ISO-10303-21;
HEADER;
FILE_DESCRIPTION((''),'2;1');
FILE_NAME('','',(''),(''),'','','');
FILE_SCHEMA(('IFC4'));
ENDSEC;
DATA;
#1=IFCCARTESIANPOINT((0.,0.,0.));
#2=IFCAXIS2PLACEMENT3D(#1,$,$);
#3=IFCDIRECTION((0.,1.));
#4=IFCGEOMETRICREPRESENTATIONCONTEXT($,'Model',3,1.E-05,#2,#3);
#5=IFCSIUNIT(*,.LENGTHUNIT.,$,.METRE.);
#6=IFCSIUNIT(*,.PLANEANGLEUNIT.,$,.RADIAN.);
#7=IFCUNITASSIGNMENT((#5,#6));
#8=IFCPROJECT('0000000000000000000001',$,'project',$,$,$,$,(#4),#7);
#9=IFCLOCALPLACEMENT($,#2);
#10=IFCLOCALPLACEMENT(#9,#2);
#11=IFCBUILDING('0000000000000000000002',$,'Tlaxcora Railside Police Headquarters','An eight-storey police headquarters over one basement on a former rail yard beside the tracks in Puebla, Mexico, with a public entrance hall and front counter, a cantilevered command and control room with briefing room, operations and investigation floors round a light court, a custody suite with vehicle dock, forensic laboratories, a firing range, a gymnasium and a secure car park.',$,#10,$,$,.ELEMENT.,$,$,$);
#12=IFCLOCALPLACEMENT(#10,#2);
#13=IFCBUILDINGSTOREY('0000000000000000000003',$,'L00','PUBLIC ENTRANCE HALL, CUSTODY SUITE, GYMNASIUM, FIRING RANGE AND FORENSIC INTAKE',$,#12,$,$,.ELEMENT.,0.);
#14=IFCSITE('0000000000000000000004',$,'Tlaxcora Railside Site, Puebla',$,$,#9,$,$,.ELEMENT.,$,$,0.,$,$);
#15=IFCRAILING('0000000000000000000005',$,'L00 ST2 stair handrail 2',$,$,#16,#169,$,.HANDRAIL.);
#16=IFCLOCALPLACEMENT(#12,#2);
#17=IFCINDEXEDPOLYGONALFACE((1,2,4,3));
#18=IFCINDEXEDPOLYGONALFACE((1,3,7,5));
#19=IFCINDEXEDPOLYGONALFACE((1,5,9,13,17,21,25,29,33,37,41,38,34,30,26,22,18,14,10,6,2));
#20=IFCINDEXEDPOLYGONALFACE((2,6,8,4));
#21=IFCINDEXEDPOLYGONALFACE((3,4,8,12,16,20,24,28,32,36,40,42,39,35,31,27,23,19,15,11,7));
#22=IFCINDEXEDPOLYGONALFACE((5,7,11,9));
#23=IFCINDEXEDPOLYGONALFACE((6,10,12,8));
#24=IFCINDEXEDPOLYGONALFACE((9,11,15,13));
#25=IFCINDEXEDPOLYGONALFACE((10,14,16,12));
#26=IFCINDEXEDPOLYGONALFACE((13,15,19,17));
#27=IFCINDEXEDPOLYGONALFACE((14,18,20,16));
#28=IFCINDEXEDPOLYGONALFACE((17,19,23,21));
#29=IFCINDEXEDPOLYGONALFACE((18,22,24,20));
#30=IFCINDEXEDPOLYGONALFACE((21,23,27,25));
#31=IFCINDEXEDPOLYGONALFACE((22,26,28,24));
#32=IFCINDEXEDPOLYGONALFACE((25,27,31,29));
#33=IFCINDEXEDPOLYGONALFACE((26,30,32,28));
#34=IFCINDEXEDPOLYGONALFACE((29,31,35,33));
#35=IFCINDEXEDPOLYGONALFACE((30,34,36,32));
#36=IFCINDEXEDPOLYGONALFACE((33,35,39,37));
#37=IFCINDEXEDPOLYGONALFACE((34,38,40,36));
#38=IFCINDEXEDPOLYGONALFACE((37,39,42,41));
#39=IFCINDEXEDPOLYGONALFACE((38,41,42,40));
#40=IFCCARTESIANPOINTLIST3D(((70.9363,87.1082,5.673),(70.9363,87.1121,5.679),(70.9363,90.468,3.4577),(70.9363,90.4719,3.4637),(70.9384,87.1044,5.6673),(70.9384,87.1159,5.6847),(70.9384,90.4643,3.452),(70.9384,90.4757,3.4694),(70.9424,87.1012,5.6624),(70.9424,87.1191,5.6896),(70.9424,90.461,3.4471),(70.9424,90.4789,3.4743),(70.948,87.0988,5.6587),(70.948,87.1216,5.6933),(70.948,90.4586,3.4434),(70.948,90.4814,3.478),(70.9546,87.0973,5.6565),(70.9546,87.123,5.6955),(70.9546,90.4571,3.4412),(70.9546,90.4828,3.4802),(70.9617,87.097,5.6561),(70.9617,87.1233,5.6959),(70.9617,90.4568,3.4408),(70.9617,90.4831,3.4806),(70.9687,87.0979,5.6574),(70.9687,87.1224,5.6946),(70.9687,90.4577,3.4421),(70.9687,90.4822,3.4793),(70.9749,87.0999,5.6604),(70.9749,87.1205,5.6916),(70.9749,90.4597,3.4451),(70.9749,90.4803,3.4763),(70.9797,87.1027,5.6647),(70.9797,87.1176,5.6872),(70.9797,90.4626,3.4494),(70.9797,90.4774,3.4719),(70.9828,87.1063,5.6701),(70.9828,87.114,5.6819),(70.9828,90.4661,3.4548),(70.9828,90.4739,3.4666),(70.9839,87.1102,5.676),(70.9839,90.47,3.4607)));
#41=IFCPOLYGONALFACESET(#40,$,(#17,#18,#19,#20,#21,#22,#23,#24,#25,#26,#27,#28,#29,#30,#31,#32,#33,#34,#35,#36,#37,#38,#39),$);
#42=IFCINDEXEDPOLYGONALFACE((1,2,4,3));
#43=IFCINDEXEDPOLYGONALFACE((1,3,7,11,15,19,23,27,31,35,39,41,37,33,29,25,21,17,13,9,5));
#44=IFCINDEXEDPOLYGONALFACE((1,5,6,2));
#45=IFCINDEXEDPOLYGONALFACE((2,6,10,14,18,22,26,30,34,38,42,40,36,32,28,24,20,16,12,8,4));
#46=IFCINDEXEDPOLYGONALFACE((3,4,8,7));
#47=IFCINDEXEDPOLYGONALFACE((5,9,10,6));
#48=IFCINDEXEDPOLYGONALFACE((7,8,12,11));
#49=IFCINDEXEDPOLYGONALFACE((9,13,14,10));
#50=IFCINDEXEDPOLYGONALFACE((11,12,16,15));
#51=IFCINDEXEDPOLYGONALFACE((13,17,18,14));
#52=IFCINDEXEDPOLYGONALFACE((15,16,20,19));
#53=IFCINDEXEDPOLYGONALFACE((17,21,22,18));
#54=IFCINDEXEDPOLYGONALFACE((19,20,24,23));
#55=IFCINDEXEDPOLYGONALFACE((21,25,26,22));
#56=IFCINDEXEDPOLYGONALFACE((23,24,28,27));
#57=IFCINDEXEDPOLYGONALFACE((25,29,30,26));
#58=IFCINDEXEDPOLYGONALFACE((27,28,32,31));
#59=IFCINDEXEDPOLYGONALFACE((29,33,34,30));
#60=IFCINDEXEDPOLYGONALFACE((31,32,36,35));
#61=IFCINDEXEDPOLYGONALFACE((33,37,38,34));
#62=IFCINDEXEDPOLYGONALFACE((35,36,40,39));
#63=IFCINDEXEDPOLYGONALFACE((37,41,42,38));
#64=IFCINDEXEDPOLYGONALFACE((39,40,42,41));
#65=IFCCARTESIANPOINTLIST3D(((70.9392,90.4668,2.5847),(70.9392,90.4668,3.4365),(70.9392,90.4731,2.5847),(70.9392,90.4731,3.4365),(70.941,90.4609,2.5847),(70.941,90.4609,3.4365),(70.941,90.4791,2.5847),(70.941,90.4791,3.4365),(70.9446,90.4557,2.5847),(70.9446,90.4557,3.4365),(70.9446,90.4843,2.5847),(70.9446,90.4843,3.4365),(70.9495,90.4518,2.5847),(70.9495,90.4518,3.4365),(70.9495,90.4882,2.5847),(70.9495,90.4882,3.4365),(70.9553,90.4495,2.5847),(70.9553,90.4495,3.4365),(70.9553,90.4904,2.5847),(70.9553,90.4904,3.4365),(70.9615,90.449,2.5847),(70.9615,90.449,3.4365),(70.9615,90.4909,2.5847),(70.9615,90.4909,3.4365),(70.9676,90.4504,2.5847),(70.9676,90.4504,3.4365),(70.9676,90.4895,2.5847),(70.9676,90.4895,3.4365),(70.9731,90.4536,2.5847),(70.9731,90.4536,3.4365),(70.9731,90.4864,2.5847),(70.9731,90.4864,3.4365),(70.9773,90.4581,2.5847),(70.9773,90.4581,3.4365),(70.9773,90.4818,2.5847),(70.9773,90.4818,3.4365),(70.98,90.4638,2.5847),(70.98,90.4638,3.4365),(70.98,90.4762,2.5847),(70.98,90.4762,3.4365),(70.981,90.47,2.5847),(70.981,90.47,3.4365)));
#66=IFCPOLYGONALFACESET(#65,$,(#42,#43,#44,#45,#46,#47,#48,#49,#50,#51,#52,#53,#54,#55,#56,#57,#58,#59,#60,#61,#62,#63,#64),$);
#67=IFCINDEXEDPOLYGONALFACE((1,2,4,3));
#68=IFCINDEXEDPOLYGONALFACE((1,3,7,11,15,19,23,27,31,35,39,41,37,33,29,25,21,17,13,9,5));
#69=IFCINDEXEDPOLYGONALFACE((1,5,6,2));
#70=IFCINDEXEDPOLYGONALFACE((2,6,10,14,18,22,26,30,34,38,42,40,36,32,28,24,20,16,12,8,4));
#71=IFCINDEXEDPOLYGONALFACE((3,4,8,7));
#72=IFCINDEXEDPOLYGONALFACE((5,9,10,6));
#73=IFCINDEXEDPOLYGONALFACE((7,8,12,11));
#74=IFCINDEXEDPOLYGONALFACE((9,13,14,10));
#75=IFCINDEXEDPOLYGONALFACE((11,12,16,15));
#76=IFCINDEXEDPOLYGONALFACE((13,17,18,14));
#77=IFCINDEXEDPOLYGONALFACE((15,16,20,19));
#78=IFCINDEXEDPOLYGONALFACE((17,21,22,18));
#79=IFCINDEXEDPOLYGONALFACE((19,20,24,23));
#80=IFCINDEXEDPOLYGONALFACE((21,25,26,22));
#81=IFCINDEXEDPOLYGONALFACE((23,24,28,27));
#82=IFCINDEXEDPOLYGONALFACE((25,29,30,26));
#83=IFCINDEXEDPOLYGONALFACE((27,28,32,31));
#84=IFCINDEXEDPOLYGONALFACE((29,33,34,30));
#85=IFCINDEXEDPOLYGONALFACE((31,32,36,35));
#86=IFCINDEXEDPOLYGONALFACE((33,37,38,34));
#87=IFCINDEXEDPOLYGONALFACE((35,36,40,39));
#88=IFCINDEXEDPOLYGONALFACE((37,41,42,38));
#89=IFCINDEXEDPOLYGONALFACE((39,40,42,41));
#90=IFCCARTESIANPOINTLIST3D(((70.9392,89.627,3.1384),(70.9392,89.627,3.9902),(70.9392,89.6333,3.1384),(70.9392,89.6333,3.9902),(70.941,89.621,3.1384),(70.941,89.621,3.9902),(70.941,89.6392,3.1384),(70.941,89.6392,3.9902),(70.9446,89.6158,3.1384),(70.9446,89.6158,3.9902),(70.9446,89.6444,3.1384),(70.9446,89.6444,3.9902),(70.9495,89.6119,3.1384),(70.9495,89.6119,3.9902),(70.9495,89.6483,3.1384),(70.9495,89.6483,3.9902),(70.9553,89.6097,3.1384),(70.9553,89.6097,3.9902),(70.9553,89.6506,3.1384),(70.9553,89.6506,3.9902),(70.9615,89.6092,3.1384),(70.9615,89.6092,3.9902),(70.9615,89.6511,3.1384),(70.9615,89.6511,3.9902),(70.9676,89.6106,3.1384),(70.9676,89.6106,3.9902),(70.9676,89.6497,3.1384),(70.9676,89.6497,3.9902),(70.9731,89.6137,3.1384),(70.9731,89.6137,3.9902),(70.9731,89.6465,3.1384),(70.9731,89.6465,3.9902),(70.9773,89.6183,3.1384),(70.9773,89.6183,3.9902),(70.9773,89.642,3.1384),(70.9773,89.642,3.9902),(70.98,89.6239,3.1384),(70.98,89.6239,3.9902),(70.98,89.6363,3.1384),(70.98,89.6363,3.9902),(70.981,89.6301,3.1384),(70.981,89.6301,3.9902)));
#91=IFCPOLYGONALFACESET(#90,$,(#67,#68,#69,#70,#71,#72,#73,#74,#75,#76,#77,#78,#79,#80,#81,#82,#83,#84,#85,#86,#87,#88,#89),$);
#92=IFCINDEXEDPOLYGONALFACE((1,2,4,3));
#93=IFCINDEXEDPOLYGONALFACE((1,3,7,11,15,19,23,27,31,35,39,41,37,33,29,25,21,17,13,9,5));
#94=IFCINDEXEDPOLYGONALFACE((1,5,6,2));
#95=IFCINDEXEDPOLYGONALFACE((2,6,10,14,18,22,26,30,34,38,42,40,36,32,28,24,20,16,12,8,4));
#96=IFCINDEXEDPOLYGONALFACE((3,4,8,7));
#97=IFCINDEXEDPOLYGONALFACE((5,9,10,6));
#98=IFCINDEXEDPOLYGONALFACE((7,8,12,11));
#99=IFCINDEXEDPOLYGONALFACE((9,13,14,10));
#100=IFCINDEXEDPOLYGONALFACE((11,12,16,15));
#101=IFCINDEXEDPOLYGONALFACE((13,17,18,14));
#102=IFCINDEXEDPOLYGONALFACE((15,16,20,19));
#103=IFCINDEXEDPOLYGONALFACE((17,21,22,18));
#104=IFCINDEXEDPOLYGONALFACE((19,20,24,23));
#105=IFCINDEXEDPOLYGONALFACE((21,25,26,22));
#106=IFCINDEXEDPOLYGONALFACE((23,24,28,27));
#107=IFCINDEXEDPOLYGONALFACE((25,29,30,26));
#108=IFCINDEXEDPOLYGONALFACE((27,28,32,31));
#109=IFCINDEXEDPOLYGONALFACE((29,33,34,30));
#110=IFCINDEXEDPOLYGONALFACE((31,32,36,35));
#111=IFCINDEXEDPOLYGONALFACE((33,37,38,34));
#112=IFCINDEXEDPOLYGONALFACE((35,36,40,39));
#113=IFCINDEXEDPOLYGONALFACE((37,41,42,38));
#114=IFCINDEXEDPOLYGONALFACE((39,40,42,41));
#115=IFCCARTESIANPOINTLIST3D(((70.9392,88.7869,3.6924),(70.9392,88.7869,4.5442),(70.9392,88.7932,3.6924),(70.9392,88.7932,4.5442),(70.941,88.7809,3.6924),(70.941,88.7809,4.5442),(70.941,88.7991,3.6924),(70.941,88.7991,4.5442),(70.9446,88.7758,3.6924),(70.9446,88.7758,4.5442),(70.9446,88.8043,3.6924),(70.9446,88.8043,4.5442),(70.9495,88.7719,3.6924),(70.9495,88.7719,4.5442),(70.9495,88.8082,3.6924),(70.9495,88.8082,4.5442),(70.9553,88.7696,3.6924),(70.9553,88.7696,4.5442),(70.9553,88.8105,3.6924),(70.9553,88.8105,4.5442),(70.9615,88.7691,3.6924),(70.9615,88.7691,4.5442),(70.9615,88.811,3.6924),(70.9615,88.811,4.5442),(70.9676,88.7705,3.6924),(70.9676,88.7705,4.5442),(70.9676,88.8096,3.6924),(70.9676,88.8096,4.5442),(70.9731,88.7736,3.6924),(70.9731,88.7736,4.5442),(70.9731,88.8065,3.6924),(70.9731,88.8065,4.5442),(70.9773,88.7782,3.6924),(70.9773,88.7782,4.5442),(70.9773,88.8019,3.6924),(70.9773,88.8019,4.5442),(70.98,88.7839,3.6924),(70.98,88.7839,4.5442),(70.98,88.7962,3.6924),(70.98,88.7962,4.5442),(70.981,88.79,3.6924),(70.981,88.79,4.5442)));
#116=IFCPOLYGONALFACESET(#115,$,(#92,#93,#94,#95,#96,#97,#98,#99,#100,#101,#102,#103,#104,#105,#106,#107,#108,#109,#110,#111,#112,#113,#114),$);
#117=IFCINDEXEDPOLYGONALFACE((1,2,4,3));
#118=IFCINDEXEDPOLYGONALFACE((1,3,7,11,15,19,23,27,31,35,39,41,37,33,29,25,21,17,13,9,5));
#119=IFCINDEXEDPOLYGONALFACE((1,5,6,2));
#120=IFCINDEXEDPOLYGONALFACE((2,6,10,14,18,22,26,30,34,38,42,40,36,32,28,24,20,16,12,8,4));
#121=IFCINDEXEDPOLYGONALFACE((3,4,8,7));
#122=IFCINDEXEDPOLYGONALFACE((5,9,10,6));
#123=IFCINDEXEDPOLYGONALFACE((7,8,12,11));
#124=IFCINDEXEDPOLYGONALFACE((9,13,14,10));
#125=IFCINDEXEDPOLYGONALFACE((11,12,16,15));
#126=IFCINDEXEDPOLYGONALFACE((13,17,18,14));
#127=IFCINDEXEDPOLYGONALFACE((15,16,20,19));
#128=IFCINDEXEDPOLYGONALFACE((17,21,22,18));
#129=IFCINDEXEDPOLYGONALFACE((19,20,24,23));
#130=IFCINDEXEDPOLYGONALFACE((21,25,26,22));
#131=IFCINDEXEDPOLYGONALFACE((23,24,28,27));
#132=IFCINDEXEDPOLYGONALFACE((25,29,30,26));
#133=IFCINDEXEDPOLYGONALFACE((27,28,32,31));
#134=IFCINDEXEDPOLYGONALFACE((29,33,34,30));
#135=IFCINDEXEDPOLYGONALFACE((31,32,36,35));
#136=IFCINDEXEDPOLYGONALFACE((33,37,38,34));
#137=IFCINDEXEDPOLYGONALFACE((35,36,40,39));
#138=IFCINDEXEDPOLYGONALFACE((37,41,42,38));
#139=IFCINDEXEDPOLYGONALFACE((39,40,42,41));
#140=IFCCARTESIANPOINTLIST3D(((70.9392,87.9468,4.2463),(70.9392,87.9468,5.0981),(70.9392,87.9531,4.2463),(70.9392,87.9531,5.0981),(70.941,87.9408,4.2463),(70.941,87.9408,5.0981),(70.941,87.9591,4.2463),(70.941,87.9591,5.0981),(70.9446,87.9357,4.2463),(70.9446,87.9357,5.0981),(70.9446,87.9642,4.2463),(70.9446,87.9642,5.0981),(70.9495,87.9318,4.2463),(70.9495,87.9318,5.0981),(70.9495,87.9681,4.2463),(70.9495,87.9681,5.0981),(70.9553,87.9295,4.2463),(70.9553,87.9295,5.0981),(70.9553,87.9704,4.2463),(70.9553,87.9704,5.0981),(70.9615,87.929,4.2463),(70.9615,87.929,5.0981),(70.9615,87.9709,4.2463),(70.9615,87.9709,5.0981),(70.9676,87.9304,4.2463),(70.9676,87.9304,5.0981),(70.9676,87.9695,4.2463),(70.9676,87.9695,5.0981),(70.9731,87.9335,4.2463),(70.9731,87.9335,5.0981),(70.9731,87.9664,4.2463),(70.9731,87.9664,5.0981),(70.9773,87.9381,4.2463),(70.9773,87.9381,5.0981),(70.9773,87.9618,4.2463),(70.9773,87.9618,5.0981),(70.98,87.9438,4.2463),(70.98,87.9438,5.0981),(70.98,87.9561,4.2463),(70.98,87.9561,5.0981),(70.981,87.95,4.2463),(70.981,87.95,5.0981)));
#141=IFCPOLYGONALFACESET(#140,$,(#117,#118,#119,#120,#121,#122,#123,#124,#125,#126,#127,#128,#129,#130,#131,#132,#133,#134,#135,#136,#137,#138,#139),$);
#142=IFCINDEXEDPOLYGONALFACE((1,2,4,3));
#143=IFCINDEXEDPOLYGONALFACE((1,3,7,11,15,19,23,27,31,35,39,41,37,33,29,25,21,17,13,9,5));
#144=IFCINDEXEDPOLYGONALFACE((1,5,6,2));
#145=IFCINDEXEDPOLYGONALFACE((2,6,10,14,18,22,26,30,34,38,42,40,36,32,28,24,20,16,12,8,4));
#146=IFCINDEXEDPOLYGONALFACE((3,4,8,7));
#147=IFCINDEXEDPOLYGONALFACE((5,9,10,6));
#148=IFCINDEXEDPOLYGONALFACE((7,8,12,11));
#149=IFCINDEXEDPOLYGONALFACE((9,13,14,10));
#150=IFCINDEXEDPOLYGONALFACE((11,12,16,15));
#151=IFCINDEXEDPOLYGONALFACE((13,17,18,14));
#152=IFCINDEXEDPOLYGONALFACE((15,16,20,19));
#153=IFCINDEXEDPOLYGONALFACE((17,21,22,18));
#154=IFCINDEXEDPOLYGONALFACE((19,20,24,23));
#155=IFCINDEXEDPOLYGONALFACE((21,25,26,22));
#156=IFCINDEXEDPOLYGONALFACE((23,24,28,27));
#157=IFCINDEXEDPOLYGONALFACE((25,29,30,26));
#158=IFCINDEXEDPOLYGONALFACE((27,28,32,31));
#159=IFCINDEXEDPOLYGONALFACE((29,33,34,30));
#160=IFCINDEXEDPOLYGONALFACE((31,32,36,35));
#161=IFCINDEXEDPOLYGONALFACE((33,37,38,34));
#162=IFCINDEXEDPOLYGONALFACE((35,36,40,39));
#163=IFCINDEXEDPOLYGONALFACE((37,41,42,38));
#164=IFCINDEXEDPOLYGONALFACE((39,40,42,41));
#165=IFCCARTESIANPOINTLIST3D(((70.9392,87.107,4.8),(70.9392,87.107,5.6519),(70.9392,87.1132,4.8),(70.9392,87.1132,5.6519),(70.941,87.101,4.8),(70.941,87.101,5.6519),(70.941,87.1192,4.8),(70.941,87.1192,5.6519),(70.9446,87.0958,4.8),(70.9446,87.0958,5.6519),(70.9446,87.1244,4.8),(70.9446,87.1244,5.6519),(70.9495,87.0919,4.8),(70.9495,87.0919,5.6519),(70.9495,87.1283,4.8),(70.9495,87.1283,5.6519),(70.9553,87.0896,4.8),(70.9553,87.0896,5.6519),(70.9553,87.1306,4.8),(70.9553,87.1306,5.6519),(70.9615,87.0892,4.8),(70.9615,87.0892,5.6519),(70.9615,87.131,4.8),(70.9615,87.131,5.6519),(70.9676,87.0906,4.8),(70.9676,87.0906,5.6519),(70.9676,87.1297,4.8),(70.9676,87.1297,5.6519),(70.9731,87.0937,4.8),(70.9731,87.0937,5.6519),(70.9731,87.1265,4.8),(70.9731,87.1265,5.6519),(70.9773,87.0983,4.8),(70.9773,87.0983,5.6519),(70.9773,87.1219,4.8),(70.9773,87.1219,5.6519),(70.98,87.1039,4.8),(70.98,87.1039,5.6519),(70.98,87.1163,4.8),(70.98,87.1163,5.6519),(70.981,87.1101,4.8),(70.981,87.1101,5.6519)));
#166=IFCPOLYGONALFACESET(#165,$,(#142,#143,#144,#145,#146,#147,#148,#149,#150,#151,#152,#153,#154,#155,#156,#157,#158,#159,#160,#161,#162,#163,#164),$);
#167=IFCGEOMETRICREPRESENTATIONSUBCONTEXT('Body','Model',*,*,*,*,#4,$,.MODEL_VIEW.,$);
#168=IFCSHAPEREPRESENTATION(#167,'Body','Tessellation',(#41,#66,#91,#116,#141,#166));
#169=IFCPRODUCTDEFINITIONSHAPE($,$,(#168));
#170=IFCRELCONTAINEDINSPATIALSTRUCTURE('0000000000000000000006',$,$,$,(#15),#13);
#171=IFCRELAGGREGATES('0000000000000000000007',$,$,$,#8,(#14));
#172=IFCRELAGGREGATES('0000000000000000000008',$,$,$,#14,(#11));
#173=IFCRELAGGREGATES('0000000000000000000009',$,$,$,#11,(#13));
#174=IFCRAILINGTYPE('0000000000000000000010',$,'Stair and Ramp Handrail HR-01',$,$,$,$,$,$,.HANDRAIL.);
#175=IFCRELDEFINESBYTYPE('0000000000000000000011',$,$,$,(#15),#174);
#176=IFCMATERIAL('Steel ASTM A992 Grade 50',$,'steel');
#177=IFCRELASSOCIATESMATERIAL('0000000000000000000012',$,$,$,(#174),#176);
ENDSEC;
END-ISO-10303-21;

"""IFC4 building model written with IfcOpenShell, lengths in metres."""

from ifc_helpers import new_model, si_unit, direction, frame, origin, origin_2d, place, context, subcontext, project, spatial, circle, extrude, material, type_object, element, save


model = new_model("IFC4")

# Units and contexts
model_context = context("Model", 3, precision=1e-05, world=origin(), true_north=direction((0.0, 1.0)))
body_context = subcontext(model_context, "Body", "Model", "MODEL_VIEW")
ifc_project = project(units=[si_unit("LENGTHUNIT", "METRE"), si_unit("PLANEANGLEUNIT", "RADIAN")], contexts=[model_context])

# Site, building, storey
site_placement = place(None, origin())
site = spatial("IfcSite", under=ifc_project, at=site_placement, Name="Tlaxcora Railside Site, Puebla", CompositionType="ELEMENT", RefElevation=0.0)
building_placement = place(site_placement, origin())
building = spatial("IfcBuilding", under=site, at=building_placement, Name="Tlaxcora Railside Police Headquarters", Description="An eight-storey police headquarters over one basement on a former rail yard beside the tracks in Puebla, Mexico, with a public entrance hall and front counter, a cantilevered command and control room with briefing room, operations and investigation floors round a light court, a custody suite with vehicle dock, forensic laboratories, a firing range, a gymnasium and a secure car park.", CompositionType="ELEMENT")
storey_placement = place(building_placement, origin())
storey = spatial("IfcBuildingStorey", under=building, at=storey_placement, Name="L00", Description="PUBLIC ENTRANCE HALL, CUSTODY SUITE, GYMNASIUM, FIRING RANGE AND FORENSIC INTAKE", CompositionType="ELEMENT", Elevation=0.0)

# Shared definitions
ifc_material_1 = material(Name="Steel ASTM A992 Grade 50", Category="steel")

# Railing
railing_type_1 = type_object("IfcRailingType", Name="Stair and Ramp Handrail HR-01", PredefinedType="HANDRAIL", material=ifc_material_1)
railing_1_placement = place(storey_placement, frame((70.96, 90.47, 2.5847)))
element("IfcRailing", 1, at=railing_1_placement, inside=storey, type_object=railing_type_1, Name="L00 ST2 stair handrail 2", PredefinedType="HANDRAIL", context=body_context, shape_type="SweptSolid", body=[
    extrude(circle(Radius=0.0239, at=origin_2d()), frame((0.0, 0.0, 0.876), z_axis=(0.0, -0.834858, 0.550465), x_axis=(1.0, 0.0, 0.0)), (0.0, 0.0, 1.0), 4.0244),
    extrude(circle(Radius=0.021, at=origin_2d()), origin(), (0.0, 0.0, 1.0), 0.8518),
    extrude(circle(Radius=0.021, at=origin_2d()), frame((0.0, -0.8398, 0.5537)), (0.0, 0.0, 1.0), 0.8518),
    extrude(circle(Radius=0.021, at=origin_2d()), frame((0.0, -1.6799, 1.1077)), (0.0, 0.0, 1.0), 0.8518),
    extrude(circle(Radius=0.021, at=origin_2d()), frame((0.0, -2.52, 1.6616)), (0.0, 0.0, 1.0), 0.8518),
    extrude(circle(Radius=0.021, at=origin_2d()), frame((0.0, -3.3599, 2.2153)), (0.0, 0.0, 1.0), 0.8518),
])

save(model, "model.ifc")
